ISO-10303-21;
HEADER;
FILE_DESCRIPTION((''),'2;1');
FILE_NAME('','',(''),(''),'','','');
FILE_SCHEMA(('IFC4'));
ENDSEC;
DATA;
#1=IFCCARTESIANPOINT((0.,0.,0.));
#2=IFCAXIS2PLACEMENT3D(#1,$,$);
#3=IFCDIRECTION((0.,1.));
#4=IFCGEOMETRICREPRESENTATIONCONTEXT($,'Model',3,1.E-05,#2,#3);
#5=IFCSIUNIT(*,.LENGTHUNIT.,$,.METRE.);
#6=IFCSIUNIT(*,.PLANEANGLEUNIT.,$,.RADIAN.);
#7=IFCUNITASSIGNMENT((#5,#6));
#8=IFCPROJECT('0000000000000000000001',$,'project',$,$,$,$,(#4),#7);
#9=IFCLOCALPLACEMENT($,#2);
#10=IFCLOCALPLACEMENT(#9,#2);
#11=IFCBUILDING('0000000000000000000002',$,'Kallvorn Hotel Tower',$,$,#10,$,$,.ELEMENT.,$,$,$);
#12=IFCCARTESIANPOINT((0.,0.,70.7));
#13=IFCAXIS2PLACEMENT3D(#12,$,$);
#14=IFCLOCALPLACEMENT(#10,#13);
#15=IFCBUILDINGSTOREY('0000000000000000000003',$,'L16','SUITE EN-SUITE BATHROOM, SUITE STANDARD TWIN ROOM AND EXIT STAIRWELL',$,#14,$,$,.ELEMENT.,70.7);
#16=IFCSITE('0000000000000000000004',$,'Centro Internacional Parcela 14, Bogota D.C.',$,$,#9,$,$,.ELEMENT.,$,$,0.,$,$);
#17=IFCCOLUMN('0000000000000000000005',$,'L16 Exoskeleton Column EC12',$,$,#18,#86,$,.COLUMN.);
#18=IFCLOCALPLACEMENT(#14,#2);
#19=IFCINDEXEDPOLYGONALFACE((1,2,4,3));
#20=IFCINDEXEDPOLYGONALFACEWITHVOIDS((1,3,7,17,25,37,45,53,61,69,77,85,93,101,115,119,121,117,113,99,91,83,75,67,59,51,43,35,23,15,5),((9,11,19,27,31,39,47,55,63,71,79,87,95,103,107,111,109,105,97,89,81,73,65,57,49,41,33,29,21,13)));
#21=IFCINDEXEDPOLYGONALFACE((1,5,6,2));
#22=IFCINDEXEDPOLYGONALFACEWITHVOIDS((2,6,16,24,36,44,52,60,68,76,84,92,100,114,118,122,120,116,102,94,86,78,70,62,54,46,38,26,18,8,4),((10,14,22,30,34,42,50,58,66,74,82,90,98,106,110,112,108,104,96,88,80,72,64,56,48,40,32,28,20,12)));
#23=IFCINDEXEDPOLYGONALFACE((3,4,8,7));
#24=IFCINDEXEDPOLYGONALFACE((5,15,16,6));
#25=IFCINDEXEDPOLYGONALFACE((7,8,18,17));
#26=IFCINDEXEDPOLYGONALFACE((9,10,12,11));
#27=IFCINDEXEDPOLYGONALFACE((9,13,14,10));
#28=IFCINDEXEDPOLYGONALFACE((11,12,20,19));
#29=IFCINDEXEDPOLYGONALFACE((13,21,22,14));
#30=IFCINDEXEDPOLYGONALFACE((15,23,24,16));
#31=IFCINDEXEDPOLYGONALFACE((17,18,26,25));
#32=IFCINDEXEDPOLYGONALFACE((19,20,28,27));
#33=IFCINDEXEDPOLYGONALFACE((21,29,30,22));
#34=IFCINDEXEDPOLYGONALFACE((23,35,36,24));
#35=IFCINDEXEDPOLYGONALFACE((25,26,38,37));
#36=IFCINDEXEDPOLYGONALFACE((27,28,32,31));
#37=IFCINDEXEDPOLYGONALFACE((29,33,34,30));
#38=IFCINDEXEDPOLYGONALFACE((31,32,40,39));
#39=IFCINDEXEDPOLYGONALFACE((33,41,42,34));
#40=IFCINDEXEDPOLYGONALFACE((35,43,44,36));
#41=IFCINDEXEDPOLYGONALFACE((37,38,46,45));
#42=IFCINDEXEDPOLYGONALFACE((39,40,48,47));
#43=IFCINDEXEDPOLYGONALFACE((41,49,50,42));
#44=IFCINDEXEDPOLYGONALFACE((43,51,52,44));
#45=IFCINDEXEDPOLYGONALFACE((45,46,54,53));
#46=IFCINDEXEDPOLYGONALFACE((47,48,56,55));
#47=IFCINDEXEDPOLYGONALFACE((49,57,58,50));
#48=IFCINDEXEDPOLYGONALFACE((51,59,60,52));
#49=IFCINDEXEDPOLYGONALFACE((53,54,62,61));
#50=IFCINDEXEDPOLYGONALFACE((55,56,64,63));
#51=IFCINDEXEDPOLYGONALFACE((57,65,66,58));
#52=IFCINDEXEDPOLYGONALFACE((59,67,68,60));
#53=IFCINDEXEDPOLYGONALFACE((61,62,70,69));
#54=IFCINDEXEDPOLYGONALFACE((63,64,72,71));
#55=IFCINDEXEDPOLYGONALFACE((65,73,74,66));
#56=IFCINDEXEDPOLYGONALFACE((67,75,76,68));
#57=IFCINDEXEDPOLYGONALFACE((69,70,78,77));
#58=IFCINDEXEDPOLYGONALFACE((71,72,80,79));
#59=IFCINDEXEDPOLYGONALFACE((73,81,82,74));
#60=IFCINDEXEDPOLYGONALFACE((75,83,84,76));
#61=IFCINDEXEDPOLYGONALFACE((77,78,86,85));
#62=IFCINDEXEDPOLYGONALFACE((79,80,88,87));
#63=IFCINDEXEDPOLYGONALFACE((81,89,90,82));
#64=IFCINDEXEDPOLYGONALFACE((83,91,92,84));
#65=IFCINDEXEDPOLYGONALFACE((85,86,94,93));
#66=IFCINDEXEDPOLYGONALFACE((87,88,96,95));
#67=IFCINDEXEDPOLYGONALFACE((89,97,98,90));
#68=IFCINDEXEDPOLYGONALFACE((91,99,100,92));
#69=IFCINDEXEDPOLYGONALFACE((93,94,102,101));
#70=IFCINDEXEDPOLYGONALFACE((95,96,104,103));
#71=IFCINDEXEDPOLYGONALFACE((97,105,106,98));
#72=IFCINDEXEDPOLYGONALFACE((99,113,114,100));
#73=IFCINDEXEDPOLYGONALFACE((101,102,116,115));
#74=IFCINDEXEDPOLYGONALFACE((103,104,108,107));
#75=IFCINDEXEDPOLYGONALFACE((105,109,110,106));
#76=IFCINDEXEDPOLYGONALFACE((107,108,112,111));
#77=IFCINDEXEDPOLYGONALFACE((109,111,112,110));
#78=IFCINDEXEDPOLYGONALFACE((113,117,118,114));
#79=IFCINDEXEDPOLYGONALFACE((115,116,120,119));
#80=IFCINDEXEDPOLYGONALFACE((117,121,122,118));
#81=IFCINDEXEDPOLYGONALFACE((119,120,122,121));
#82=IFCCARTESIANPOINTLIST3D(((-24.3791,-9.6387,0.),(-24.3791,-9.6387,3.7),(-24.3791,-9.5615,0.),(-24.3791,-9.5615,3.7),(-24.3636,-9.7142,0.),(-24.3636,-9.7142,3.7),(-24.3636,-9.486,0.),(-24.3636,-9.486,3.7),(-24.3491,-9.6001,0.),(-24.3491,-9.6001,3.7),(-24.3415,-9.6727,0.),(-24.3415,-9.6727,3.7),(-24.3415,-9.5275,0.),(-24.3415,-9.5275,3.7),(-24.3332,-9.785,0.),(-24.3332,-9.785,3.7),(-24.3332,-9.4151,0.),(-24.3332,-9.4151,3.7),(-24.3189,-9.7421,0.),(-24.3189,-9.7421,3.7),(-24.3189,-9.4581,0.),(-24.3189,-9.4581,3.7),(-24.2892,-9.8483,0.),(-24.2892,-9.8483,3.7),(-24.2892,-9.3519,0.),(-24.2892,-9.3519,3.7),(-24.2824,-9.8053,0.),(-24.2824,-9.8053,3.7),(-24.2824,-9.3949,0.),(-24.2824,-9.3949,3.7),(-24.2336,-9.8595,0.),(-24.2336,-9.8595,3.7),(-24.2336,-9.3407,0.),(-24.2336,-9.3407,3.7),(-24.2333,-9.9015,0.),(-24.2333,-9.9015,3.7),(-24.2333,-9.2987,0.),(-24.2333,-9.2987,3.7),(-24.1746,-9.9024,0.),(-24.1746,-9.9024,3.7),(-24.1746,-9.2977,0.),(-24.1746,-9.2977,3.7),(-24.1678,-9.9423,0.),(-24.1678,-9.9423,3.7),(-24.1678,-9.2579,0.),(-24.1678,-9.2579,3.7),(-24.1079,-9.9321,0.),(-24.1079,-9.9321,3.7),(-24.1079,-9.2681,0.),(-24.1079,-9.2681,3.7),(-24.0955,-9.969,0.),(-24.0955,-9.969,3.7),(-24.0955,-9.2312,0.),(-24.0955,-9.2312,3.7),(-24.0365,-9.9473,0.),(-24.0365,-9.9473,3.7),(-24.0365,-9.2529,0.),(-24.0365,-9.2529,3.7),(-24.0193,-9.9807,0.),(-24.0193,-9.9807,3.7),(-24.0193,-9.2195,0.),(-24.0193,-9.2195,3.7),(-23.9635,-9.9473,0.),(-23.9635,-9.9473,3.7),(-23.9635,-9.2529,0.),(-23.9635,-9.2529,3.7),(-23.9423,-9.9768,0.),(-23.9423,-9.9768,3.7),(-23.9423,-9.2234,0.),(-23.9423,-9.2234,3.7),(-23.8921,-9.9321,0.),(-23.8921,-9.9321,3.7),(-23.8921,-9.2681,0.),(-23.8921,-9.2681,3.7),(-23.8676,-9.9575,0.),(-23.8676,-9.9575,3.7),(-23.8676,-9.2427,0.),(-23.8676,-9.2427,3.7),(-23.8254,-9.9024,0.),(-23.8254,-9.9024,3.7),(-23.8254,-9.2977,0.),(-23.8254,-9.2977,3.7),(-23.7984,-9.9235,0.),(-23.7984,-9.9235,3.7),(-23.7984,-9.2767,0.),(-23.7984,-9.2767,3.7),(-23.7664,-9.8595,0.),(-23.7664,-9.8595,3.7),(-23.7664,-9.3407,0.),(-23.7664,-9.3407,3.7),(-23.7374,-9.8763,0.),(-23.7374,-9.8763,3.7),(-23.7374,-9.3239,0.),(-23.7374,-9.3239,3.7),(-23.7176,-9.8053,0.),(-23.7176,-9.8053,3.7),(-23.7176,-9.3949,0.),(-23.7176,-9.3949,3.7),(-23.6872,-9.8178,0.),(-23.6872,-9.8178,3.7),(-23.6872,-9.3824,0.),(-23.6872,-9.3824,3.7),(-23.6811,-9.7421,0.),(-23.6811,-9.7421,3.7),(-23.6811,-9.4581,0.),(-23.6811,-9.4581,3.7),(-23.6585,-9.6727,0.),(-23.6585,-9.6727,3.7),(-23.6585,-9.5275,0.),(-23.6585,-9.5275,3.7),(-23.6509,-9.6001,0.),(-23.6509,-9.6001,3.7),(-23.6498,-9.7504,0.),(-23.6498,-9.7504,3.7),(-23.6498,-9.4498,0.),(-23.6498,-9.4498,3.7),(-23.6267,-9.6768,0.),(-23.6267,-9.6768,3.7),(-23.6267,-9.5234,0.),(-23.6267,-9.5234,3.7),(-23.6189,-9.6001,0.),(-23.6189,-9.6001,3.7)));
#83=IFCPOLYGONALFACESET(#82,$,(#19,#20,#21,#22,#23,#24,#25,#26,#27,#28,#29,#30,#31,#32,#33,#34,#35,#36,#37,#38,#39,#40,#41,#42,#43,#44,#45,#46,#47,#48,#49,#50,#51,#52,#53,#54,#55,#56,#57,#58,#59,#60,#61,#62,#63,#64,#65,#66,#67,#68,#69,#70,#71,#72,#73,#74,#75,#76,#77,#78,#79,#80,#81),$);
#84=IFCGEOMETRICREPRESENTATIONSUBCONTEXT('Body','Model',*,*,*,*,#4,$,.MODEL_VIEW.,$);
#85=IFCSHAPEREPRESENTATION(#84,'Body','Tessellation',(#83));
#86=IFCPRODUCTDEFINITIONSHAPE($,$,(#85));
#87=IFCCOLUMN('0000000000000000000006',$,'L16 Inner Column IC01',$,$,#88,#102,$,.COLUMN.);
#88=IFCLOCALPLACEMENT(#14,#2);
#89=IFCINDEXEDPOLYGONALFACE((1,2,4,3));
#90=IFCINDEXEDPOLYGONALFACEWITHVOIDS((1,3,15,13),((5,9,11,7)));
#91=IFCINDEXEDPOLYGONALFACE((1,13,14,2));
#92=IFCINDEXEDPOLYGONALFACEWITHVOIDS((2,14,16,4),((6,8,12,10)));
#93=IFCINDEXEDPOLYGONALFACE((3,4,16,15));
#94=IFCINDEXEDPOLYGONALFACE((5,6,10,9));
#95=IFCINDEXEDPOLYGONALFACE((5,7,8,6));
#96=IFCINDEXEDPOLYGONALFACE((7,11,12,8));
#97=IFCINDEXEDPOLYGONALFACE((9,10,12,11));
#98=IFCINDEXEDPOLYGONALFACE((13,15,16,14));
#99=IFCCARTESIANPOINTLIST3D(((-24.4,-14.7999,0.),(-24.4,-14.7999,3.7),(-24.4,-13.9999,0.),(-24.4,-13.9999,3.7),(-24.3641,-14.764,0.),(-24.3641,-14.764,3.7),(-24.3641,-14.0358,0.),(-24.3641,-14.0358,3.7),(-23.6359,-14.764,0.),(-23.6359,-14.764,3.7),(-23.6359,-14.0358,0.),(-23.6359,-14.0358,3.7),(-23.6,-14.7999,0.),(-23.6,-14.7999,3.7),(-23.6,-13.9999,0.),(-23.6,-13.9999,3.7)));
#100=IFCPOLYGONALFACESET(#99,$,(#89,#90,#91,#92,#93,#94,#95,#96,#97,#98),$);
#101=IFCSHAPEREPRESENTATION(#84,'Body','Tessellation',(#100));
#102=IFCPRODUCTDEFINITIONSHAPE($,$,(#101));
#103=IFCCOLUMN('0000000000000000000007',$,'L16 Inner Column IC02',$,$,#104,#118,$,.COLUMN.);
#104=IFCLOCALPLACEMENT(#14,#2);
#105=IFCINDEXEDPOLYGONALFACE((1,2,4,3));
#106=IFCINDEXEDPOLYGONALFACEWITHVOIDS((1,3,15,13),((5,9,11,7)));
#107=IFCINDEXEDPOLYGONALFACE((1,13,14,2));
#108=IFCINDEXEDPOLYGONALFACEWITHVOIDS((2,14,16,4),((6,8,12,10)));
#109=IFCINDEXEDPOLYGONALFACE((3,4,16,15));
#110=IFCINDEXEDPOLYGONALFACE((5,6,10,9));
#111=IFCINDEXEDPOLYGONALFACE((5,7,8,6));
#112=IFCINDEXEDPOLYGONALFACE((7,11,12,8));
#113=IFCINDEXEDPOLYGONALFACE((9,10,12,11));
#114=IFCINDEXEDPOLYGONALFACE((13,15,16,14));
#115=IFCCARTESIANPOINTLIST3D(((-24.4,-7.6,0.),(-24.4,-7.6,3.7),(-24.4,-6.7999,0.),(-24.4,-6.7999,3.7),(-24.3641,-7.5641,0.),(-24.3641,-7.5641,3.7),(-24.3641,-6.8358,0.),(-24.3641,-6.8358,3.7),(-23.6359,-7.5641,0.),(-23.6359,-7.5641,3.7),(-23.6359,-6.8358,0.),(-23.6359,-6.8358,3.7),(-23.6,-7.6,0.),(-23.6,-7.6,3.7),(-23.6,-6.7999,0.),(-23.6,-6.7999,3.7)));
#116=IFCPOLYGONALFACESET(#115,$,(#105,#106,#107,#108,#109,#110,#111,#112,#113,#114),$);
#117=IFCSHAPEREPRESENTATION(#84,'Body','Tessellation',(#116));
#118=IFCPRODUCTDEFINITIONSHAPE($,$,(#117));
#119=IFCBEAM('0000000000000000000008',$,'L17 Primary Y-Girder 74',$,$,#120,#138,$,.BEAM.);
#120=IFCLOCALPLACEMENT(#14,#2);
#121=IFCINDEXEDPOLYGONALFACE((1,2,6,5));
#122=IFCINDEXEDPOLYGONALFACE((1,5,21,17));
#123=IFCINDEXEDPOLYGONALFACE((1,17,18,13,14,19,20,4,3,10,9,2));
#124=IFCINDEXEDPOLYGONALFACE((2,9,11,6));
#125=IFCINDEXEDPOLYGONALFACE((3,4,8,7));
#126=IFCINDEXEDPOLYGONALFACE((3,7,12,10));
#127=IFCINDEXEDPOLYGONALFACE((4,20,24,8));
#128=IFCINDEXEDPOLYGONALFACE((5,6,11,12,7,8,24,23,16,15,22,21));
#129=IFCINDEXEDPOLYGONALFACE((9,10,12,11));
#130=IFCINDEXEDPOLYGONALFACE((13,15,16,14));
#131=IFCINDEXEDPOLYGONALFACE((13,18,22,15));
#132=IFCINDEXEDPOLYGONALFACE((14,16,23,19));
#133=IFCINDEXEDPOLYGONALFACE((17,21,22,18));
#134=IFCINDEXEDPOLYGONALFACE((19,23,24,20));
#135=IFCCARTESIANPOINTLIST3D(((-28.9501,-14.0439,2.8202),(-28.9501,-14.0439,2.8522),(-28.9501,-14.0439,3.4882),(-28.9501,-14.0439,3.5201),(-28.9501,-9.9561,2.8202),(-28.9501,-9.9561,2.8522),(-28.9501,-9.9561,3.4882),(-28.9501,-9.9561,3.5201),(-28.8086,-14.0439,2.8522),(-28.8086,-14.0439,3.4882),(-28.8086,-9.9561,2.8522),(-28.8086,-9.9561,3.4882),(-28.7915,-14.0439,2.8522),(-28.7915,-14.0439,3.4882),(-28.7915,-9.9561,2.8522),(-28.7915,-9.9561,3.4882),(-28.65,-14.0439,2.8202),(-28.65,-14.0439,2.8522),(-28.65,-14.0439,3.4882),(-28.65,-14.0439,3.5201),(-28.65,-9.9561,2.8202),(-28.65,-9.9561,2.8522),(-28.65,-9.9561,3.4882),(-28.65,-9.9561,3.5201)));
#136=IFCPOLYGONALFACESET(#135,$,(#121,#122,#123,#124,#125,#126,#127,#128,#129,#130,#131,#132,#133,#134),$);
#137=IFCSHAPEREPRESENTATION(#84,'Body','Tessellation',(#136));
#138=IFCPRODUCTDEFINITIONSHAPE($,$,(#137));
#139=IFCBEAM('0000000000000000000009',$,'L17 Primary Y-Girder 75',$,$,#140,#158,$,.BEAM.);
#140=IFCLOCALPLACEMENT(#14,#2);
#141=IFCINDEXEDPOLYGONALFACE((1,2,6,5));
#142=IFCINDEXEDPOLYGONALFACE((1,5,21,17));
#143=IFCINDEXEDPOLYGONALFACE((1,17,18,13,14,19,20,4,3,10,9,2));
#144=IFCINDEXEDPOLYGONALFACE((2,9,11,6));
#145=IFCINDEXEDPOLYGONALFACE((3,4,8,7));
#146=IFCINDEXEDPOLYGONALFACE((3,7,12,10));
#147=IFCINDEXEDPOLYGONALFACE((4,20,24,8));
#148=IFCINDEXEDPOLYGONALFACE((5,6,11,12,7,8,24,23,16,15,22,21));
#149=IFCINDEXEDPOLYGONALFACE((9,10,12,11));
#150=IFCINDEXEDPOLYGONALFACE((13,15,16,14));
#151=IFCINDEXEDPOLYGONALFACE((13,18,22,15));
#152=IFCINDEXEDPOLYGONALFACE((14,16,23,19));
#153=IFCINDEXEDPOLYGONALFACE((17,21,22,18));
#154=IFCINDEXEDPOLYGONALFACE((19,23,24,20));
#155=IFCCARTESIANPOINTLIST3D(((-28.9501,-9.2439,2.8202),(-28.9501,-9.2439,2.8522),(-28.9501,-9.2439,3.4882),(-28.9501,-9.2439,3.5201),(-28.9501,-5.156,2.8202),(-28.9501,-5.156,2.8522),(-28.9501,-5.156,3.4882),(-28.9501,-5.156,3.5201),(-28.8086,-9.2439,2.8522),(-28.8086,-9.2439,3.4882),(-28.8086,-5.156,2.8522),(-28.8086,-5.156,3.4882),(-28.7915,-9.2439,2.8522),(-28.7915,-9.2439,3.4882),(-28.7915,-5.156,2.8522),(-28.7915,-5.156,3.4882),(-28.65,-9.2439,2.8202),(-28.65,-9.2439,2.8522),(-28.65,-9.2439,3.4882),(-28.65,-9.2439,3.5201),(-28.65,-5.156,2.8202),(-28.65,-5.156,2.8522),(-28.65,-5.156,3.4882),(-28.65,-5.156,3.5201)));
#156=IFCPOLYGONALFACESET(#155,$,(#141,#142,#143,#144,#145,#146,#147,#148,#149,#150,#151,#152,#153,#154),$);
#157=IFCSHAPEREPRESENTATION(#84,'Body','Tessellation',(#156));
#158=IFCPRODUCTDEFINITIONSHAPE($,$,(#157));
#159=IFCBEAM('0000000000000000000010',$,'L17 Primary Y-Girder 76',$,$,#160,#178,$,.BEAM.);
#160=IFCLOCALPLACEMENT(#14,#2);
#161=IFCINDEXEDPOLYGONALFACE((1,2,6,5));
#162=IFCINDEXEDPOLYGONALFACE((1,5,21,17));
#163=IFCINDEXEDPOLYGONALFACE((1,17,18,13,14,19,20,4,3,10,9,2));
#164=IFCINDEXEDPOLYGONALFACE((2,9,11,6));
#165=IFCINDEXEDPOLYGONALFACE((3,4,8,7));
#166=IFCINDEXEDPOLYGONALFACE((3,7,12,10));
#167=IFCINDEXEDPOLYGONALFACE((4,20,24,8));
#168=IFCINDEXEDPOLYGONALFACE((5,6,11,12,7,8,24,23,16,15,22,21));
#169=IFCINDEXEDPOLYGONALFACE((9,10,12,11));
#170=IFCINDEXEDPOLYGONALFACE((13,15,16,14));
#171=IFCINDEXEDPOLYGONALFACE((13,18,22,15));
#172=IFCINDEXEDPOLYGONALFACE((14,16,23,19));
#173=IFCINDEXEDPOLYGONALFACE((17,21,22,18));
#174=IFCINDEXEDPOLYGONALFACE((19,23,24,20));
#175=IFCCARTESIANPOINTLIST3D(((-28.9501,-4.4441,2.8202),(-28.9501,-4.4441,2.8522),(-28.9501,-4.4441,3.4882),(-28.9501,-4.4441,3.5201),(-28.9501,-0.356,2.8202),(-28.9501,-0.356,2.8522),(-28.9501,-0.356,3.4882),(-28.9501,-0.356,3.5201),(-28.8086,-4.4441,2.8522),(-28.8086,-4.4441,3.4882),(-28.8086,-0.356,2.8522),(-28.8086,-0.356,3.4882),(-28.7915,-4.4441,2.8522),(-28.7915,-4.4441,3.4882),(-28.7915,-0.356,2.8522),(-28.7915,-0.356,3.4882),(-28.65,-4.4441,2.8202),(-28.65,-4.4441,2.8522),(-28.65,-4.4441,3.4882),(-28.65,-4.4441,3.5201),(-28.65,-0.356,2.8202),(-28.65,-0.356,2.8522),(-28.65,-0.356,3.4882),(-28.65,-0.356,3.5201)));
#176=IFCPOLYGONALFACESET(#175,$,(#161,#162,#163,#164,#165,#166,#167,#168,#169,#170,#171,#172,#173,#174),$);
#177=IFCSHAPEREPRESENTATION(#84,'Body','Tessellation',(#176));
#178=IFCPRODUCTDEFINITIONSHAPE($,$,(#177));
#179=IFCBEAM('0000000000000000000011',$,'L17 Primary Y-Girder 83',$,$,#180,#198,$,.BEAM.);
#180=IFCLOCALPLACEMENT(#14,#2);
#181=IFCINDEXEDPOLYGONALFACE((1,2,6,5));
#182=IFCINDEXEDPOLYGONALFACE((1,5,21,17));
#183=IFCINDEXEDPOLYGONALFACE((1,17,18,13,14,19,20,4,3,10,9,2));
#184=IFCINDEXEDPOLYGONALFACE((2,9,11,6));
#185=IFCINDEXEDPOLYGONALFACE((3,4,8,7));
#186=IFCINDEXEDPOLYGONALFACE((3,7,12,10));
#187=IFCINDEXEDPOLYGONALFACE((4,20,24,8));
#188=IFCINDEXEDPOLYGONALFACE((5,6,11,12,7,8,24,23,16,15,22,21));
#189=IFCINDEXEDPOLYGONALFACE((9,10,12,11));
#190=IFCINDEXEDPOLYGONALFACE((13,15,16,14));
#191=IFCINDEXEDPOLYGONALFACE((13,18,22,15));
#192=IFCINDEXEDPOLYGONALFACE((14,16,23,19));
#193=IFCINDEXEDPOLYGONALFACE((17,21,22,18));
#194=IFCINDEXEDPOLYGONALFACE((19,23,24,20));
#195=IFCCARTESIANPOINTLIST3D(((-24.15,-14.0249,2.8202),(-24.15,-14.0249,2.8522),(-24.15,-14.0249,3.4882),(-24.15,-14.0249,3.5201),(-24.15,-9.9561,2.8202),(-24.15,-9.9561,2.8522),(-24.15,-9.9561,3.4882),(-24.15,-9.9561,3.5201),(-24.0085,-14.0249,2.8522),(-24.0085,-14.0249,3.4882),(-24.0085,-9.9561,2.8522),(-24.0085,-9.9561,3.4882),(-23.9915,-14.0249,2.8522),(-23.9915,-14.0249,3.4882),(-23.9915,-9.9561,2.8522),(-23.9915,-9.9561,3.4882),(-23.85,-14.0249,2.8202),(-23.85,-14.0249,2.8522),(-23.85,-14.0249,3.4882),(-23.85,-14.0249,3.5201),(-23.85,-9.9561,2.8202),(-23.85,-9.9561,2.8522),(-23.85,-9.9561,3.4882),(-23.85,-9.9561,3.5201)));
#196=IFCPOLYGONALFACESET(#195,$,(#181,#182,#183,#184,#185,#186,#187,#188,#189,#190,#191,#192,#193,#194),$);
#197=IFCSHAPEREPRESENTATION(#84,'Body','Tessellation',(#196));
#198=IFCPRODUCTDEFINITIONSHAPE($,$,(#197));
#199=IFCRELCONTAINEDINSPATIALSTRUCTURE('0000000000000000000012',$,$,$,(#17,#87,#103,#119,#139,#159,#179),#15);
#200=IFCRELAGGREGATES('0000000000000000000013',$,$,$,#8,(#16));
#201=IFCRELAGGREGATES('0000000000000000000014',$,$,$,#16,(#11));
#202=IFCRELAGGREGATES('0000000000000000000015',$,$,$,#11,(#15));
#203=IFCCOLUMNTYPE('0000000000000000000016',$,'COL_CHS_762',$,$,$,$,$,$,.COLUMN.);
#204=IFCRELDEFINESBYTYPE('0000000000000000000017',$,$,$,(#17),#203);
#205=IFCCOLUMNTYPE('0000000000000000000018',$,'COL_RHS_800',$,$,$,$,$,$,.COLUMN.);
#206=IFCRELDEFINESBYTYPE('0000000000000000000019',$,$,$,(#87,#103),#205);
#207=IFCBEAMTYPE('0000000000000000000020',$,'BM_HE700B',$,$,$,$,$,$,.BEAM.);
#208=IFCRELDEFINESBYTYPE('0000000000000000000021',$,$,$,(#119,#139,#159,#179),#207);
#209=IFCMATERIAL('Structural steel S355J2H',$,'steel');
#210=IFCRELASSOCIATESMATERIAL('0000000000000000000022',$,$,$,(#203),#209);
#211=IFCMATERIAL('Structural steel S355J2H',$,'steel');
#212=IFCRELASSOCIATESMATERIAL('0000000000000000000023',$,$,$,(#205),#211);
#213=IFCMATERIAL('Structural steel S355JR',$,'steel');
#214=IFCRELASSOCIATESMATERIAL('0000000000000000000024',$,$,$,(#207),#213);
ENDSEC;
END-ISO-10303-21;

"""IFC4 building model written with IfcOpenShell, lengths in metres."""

from ifc_helpers import new_model, si_unit, direction, frame, origin, origin_2d, place, context, subcontext, project, spatial, hollow_rectangle, hollow_circle, i_section, extrude, material, material_profile, profile_set, type_object, element, save


model = new_model("IFC4")

# Units and contexts
model_context = context("Model", 3, precision=1e-05, world=origin(), true_north=direction((0.0, 1.0)))
body_context = subcontext(model_context, "Body", "Model", "MODEL_VIEW")
ifc_project = project(units=[si_unit("LENGTHUNIT", "METRE"), si_unit("PLANEANGLEUNIT", "RADIAN")], contexts=[model_context])

# Site, building, storey
site_placement = place(None, origin())
site = spatial("IfcSite", under=ifc_project, at=site_placement, Name="Centro Internacional Parcela 14, Bogota D.C.", CompositionType="ELEMENT", RefElevation=0.0)
building_placement = place(site_placement, origin())
building = spatial("IfcBuilding", under=site, at=building_placement, Name="Kallvorn Hotel Tower", CompositionType="ELEMENT")
storey_placement = place(building_placement, frame((0.0, 0.0, 70.7)))
storey = spatial("IfcBuildingStorey", under=building, at=storey_placement, Name="L16", Description="SUITE EN-SUITE BATHROOM, SUITE STANDARD TWIN ROOM AND EXIT STAIRWELL", CompositionType="ELEMENT", Elevation=70.7)

# Columns
ifc_material_1 = material(Name="Structural steel S355J2H", Category="steel")
ifc_material_profile_1 = material_profile(ifc_material_1, hollow_circle(Radius=0.3811, WallThickness=0.032, at=origin_2d()), Name="CHS 762x32")
ifc_profile_set_1 = profile_set([ifc_material_profile_1], Name="Structural steel S355J2H")
column_type_1 = type_object("IfcColumnType", Name="COL_CHS_762", PredefinedType="COLUMN", material=ifc_profile_set_1)
for number, where, z_axis, x_axis, name in (
    (1, (-24.0, -9.6001, 0.0), (0.0, 0.0, 1.0), (1.0, 0.0, 0.0), "L16 Exoskeleton Column EC12"),
):
    element("IfcColumn", number, at=place(storey_placement, frame(where, z_axis=z_axis, x_axis=x_axis)), inside=storey, type_object=column_type_1, Name=name, PredefinedType="COLUMN", context=body_context, shape_type="SweptSolid", body=[
        extrude(hollow_circle(Radius=0.3811, WallThickness=0.032, at=origin_2d()), origin(), (0.0, 0.0, 1.0), 3.7),
    ])
ifc_material_2 = material(Name="Structural steel S355J2H", Category="steel")
ifc_material_profile_2 = material_profile(ifc_material_2, hollow_rectangle(XDim=0.8, YDim=0.8, WallThickness=0.0359, at=origin_2d()), Name="RHS 800x800x36")
ifc_profile_set_2 = profile_set([ifc_material_profile_2], Name="Structural steel S355J2H")
column_type_2 = type_object("IfcColumnType", Name="COL_RHS_800", PredefinedType="COLUMN", material=ifc_profile_set_2)
for number, where, z_axis, x_axis, name in (
    (2, (-24.0, -14.3999, 0.0), (0.0, 0.0, 1.0), (1.0, 0.0, 0.0), "L16 Inner Column IC01"),
    (3, (-24.0, -7.2, 0.0), (0.0, 0.0, 1.0), (1.0, 0.0, 0.0), "L16 Inner Column IC02"),
):
    element("IfcColumn", number, at=place(storey_placement, frame(where, z_axis=z_axis, x_axis=x_axis)), inside=storey, type_object=column_type_2, Name=name, PredefinedType="COLUMN", context=body_context, shape_type="SweptSolid", body=[
        extrude(hollow_rectangle(XDim=0.8, YDim=0.8, WallThickness=0.0359, at=origin_2d()), origin(), (0.0, 0.0, 1.0), 3.7),
    ])

# Beams
ifc_material_3 = material(Name="Structural steel S355JR", Category="steel")
ifc_material_profile_3 = material_profile(ifc_material_3, i_section(OverallWidth=0.3, OverallDepth=0.7, WebThickness=0.0171, FlangeThickness=0.032, at=origin_2d()), Name="HE 700 B")
ifc_profile_set_3 = profile_set([ifc_material_profile_3], Name="Structural steel S355JR")
beam_type_1 = type_object("IfcBeamType", Name="BM_HE700B", PredefinedType="BEAM", material=ifc_profile_set_3)
for number, where, z_axis, x_axis, name in (
    (4, (-28.8, -14.0439, 3.1702), (0.0, 1.0, 0.0), (-1.0, 0.0, 0.0), "L17 Primary Y-Girder 74"),
    (5, (-28.8, -9.2439, 3.1702), (0.0, 1.0, 0.0), (-1.0, 0.0, 0.0), "L17 Primary Y-Girder 75"),
):
    element("IfcBeam", number, at=place(storey_placement, frame(where, z_axis=z_axis, x_axis=x_axis)), inside=storey, type_object=beam_type_1, Name=name, PredefinedType="BEAM", context=body_context, shape_type="SweptSolid", body=[
        extrude(i_section(OverallWidth=0.3, OverallDepth=0.7, WebThickness=0.0171, FlangeThickness=0.032, at=origin_2d()), origin(), (0.0, 0.0, 1.0), 4.0879),
    ])
beam_1_placement = place(storey_placement, frame((-28.8, -4.4441, 3.1702), z_axis=(0.0, 1.0, 0.0), x_axis=(-1.0, 0.0, 0.0)))
element("IfcBeam", 6, at=beam_1_placement, inside=storey, type_object=beam_type_1, Name="L17 Primary Y-Girder 76", PredefinedType="BEAM", context=body_context, shape_type="SweptSolid", body=[
    extrude(i_section(OverallWidth=0.3, OverallDepth=0.7, WebThickness=0.0171, FlangeThickness=0.032, at=origin_2d()), origin(), (0.0, 0.0, 1.0), 4.0881),
])
beam_2_placement = place(storey_placement, frame((-24.0, -14.0249, 3.1702), z_axis=(0.0, 1.0, 0.0), x_axis=(-1.0, 0.0, 0.0)))
element("IfcBeam", 7, at=beam_2_placement, inside=storey, type_object=beam_type_1, Name="L17 Primary Y-Girder 83", PredefinedType="BEAM", context=body_context, shape_type="SweptSolid", body=[
    extrude(i_section(OverallWidth=0.3, OverallDepth=0.7, WebThickness=0.0171, FlangeThickness=0.032, at=origin_2d()), origin(), (0.0, 0.0, 1.0), 4.0688),
])

save(model, "model.ifc")
